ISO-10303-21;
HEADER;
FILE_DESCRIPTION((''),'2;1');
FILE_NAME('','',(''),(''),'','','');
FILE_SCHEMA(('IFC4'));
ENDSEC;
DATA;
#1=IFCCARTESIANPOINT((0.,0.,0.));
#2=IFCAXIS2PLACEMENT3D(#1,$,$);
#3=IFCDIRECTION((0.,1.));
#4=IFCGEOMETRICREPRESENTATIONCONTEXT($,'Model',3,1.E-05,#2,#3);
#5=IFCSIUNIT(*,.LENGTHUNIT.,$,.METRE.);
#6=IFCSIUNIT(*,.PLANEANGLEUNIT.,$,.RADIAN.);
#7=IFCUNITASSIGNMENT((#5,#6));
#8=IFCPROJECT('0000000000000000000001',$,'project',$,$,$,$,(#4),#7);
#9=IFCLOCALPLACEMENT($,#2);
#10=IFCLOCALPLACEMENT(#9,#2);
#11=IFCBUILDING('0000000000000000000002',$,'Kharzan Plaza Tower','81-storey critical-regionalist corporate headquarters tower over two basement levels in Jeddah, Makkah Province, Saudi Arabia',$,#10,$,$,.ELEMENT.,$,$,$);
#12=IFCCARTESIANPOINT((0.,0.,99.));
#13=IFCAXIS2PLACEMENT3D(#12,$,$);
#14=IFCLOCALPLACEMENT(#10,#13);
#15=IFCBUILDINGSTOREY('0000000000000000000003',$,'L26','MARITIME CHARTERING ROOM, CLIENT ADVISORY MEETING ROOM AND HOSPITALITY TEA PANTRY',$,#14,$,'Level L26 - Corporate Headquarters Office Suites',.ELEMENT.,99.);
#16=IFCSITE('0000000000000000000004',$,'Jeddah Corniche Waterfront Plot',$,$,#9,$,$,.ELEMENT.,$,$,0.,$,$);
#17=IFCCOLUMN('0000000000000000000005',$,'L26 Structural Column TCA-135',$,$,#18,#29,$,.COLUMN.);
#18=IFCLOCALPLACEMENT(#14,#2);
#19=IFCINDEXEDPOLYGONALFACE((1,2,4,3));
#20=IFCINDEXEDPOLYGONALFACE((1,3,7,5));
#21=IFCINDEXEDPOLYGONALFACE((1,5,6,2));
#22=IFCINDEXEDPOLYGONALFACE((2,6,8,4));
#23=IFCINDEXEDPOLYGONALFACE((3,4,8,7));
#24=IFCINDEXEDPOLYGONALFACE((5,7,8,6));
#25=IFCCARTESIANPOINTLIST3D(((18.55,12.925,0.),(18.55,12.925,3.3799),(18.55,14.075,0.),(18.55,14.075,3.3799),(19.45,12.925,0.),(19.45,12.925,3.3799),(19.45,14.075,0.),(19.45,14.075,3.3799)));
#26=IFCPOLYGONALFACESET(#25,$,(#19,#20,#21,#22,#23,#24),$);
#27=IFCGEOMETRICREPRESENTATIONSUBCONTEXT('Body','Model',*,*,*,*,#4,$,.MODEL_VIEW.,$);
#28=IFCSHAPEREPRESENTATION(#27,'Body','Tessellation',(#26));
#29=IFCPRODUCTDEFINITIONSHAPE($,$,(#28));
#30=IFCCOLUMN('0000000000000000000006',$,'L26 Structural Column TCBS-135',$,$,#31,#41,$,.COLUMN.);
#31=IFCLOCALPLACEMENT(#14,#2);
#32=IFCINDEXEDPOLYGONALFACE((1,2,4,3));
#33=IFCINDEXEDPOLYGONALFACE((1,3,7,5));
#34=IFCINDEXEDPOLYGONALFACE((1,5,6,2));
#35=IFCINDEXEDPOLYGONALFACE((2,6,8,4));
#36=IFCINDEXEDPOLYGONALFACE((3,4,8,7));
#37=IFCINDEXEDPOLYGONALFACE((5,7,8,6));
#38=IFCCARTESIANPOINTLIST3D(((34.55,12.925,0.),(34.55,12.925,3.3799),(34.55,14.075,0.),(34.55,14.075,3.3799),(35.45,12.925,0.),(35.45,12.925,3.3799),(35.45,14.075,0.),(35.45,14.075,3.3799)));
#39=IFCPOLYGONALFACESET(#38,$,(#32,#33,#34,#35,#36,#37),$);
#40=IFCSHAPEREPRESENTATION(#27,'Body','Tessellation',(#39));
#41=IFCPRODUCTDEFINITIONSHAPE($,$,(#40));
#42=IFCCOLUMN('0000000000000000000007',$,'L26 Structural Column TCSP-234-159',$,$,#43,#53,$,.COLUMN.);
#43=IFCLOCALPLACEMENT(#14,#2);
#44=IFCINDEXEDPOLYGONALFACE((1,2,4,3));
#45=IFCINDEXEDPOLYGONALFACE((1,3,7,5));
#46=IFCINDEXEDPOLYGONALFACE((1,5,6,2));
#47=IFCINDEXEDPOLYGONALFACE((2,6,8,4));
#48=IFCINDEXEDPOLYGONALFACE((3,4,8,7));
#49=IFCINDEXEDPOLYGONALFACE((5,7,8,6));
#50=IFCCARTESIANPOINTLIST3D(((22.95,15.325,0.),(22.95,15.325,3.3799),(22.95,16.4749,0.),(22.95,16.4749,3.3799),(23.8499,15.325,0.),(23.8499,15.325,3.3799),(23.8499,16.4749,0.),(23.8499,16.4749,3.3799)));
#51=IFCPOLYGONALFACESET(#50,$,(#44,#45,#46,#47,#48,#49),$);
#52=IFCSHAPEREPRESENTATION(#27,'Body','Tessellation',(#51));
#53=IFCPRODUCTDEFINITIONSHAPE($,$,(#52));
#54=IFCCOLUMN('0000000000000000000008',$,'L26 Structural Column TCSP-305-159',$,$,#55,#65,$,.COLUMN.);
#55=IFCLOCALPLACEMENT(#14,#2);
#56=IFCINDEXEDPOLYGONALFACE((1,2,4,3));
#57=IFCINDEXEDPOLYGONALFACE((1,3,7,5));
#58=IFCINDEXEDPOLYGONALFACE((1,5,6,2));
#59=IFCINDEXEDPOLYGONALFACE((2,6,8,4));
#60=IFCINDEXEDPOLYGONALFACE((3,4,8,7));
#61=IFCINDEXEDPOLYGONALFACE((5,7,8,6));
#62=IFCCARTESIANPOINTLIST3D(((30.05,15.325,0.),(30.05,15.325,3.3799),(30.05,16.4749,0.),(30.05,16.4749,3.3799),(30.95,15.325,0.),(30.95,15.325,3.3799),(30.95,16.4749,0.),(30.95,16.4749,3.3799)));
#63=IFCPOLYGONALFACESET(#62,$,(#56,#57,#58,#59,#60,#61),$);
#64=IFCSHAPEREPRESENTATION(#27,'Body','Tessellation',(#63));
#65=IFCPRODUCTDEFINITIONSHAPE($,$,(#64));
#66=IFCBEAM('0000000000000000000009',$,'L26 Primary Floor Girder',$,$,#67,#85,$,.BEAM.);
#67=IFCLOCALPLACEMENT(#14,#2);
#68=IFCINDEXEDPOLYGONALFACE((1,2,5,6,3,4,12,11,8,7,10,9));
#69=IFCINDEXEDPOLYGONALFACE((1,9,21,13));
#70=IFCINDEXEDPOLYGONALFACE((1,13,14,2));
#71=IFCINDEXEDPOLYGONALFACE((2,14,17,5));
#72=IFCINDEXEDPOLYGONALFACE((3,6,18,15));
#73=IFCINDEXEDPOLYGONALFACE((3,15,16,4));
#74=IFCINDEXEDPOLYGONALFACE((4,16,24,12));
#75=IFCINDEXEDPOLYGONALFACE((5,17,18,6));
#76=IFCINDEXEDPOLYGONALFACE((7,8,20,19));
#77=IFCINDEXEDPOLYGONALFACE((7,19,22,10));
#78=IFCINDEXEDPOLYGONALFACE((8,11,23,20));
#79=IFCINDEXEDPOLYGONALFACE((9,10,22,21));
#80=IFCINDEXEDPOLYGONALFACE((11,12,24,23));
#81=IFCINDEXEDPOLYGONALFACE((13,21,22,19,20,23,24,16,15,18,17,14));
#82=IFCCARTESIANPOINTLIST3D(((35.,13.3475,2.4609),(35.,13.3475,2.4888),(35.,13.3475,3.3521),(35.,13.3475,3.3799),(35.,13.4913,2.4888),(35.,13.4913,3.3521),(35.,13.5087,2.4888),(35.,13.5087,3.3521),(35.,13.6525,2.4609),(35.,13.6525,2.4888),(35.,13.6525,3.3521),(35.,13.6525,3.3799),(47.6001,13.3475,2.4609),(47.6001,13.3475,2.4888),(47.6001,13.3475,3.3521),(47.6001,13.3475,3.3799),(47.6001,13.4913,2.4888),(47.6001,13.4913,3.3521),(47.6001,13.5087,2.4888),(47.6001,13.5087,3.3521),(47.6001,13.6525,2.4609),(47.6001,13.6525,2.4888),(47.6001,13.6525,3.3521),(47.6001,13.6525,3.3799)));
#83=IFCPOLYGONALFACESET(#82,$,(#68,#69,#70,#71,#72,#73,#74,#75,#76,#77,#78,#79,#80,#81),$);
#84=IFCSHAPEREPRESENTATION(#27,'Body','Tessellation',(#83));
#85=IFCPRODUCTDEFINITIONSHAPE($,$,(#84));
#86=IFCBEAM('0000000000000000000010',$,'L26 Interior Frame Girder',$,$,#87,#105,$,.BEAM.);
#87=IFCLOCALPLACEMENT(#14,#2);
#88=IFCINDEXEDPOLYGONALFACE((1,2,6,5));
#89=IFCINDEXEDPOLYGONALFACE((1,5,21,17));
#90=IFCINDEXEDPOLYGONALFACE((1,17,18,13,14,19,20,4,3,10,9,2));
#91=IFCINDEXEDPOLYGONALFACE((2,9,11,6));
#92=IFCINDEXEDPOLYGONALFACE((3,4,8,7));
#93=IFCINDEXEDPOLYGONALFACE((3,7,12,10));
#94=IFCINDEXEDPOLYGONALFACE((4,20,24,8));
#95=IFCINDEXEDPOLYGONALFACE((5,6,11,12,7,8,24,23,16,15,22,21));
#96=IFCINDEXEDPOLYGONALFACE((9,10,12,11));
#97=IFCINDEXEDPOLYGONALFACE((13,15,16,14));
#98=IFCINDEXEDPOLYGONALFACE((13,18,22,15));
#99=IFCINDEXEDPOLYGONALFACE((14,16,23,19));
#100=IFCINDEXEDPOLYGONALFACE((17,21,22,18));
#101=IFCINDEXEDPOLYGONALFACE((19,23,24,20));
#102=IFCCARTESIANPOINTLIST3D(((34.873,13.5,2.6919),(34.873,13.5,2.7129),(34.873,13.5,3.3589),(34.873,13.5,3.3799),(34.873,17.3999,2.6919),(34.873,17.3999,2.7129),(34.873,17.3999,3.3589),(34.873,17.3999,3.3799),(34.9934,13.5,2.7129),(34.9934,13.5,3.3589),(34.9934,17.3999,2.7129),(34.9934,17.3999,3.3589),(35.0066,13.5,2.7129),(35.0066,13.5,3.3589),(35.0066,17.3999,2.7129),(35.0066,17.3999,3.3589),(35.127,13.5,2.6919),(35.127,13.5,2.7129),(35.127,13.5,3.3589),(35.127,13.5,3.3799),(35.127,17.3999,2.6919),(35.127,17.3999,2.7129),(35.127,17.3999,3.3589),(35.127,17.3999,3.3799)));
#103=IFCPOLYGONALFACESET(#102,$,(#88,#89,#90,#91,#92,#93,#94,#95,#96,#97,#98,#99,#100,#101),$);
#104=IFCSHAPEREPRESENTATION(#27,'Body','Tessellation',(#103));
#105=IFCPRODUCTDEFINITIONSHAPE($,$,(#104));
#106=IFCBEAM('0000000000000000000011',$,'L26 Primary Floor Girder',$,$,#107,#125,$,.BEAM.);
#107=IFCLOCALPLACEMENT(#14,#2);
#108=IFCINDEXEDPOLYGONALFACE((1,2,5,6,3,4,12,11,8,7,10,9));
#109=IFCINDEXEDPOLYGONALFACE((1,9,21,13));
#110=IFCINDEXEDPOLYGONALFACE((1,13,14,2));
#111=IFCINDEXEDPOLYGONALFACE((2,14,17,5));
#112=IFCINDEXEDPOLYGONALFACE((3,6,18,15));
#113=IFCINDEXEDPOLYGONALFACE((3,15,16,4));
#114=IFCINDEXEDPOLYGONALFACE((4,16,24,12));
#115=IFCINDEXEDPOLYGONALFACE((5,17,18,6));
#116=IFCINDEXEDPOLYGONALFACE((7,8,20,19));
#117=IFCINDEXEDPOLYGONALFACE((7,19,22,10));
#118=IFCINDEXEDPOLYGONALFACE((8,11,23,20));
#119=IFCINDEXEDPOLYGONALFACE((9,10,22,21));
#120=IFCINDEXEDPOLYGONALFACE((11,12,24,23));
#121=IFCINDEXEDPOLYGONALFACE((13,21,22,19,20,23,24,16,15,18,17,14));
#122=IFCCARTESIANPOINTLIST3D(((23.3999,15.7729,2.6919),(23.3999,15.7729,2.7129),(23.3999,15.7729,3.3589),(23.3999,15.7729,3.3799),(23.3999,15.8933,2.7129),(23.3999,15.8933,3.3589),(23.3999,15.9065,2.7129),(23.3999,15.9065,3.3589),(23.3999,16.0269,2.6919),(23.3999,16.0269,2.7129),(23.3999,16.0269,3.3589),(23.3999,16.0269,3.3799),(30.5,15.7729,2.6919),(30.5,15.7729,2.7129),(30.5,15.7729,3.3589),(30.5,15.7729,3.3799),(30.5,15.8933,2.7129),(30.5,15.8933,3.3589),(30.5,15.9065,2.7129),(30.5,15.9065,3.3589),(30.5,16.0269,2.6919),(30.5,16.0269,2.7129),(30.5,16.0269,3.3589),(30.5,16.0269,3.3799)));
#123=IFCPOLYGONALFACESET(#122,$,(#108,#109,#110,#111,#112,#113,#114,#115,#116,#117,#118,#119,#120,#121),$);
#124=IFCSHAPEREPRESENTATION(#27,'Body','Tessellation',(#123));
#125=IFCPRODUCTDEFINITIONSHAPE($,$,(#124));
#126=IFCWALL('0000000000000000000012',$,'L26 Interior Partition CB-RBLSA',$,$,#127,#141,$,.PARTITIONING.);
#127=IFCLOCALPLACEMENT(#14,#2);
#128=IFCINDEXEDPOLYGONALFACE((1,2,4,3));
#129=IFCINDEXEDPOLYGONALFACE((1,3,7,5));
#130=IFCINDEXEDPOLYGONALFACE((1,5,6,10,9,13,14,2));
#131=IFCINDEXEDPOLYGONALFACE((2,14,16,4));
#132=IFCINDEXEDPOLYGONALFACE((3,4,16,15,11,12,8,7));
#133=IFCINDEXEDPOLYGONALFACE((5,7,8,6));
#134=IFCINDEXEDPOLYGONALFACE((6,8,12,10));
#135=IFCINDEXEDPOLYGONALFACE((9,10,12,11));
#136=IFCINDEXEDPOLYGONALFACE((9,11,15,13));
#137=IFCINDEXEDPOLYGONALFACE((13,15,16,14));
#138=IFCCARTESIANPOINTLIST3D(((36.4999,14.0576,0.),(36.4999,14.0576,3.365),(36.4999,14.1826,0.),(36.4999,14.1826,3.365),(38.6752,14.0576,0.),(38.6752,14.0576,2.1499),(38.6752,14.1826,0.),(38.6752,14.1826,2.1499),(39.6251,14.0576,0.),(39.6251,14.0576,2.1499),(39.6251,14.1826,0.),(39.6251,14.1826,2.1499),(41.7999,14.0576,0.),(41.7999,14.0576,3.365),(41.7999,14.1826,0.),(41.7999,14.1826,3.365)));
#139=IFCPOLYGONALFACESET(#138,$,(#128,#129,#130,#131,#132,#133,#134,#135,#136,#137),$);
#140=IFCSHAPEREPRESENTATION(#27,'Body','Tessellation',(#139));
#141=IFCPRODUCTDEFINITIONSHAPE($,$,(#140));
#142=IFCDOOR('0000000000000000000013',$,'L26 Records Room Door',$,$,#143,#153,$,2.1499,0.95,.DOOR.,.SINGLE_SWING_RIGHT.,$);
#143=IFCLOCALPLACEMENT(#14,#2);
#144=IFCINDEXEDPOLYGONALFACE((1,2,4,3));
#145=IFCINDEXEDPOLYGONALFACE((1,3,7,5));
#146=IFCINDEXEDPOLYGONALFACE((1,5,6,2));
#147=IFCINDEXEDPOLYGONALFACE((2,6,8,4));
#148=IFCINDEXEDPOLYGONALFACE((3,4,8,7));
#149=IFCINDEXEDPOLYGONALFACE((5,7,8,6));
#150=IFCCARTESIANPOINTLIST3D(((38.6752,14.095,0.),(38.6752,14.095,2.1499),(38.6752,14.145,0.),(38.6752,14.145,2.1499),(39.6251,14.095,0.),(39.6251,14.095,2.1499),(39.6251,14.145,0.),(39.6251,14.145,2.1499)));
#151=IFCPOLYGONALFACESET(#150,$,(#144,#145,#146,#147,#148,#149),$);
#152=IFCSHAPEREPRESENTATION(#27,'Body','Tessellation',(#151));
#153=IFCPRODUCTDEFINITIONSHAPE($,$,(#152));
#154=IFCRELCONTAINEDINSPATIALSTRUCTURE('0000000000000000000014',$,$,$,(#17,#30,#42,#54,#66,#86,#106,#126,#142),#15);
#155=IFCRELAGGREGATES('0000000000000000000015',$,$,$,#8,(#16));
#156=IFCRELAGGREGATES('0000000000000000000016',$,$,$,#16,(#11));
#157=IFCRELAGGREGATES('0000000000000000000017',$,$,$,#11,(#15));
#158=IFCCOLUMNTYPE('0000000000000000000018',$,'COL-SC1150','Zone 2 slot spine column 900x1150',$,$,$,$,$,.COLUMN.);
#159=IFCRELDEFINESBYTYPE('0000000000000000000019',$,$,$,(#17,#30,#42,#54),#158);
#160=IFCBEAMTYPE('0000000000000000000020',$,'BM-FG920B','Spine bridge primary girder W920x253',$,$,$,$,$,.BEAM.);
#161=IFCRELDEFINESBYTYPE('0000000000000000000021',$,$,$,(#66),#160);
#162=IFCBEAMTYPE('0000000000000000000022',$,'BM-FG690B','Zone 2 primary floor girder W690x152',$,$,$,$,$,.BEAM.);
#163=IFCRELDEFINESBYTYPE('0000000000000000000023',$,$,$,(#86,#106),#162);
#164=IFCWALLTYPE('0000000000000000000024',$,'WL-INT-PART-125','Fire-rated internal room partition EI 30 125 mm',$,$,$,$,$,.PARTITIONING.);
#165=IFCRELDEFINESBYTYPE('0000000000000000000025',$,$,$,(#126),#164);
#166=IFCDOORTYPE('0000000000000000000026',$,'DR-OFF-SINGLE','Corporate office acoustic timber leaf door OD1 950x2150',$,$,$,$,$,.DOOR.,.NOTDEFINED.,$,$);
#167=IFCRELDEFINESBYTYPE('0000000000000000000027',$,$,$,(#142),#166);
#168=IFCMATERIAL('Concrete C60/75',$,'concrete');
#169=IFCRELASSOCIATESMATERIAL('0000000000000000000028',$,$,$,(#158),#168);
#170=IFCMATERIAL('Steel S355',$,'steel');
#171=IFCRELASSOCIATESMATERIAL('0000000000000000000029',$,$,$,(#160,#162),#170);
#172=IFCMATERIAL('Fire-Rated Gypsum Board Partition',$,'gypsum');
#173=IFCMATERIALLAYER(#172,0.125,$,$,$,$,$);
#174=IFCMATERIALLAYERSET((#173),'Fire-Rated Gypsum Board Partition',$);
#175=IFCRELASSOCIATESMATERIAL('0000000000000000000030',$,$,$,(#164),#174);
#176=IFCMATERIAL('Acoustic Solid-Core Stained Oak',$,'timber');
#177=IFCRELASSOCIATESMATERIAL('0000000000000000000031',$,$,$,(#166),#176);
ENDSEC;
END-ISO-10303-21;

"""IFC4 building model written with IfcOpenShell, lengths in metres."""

from ifc_helpers import new_model, si_unit, direction, frame, frame_2d, origin, origin_2d, place, context, subcontext, project, spatial, rectangle, i_section, extrude, source, transform, mapped, material, layer, layer_set, material_profile, profile_set, type_object, element, fill, save


model = new_model("IFC4")

# Units and contexts
model_context = context("Model", 3, precision=1e-05, world=origin(), true_north=direction((0.0, 1.0)))
body_context = subcontext(model_context, "Body", "Model", "MODEL_VIEW")
ifc_project = project(units=[si_unit("LENGTHUNIT", "METRE"), si_unit("PLANEANGLEUNIT", "RADIAN")], contexts=[model_context])

# Site, building, storey
site_placement = place(None, origin())
site = spatial("IfcSite", under=ifc_project, at=site_placement, Name="Jeddah Corniche Waterfront Plot", CompositionType="ELEMENT", RefElevation=0.0)
building_placement = place(site_placement, origin())
building = spatial("IfcBuilding", under=site, at=building_placement, Name="Kharzan Plaza Tower", Description="81-storey critical-regionalist corporate headquarters tower over two basement levels in Jeddah, Makkah Province, Saudi Arabia", CompositionType="ELEMENT")
storey_placement = place(building_placement, frame((0.0, 0.0, 99.0)))
storey = spatial("IfcBuildingStorey", under=building, at=storey_placement, Name="L26", Description="MARITIME CHARTERING ROOM, CLIENT ADVISORY MEETING ROOM AND HOSPITALITY TEA PANTRY", LongName="Level L26 - Corporate Headquarters Office Suites", CompositionType="ELEMENT", Elevation=99.0)

# Columns
ifc_material_1 = material(Name="Concrete C60/75", Category="concrete")
ifc_material_profile_1 = material_profile(ifc_material_1, rectangle(XDim=0.8999, YDim=1.1499, at=origin_2d()), Name="RC-SC1150x900")
ifc_profile_set_1 = profile_set([ifc_material_profile_1], Name="Concrete C60/75")
column_type = type_object("IfcColumnType", Name="COL-SC1150", Description="Zone 2 slot spine column 900x1150", PredefinedType="COLUMN", material=ifc_profile_set_1)
shared_shape_1 = source(origin(), body_context, "Body", "SweptSolid", [
    extrude(rectangle(XDim=0.8999, YDim=1.1499, at=origin_2d()), origin(), (0.0, 0.0, 1.0), 3.3799),
])
for number, where, z_axis, x_axis, name in (
    (1, (19.0, 13.5, 0.0), (0.0, 0.0, 1.0), (1.0, 0.0, 0.0), "L26 Structural Column TCA-135"),
    (2, (35.0, 13.5, 0.0), (0.0, 0.0, 1.0), (1.0, 0.0, 0.0), "L26 Structural Column TCBS-135"),
    (3, (23.3999, 15.8999, 0.0), (0.0, 0.0, 1.0), (1.0, 0.0, 0.0), "L26 Structural Column TCSP-234-159"),
    (4, (30.5, 15.8999, 0.0), (0.0, 0.0, 1.0), (1.0, 0.0, 0.0), "L26 Structural Column TCSP-305-159"),
):
    element("IfcColumn", number, at=place(storey_placement, frame(where, z_axis=z_axis, x_axis=x_axis)), inside=storey, type_object=column_type, Name=name, PredefinedType="COLUMN", context=body_context, shape_type="MappedRepresentation", body=[
        mapped(shared_shape_1, transform((0.0, 0.0, 0.0), x_axis=(1.0, 0.0, 0.0), y_axis=(0.0, 1.0, 0.0), z_axis=(0.0, 0.0, 1.0))),
    ])

# Beams
ifc_material_2 = material(Name="Steel S355", Category="steel")
ifc_material_profile_2 = material_profile(ifc_material_2, i_section(OverallWidth=0.3049, OverallDepth=0.9189, WebThickness=0.0173, FlangeThickness=0.0278, at=origin_2d()), Name="W920x253")
ifc_profile_set_2 = profile_set([ifc_material_profile_2], Name="Steel S355")
beam_type_1 = type_object("IfcBeamType", Name="BM-FG920B", Description="Spine bridge primary girder W920x253", PredefinedType="BEAM", material=ifc_profile_set_2)
shared_shape_2 = source(origin(), body_context, "Body", "SweptSolid", [
    extrude(i_section(OverallWidth=0.3049, OverallDepth=0.9189, WebThickness=0.0173, FlangeThickness=0.0278, at=origin_2d()), origin(), (0.0, 0.0, 1.0), 12.6001),
])
beam_1_placement = place(storey_placement, frame((35.0, 13.5, 2.9204), z_axis=(1.0, 0.0, 0.0), x_axis=(0.0, 1.0, 0.0)))
element("IfcBeam", 5, at=beam_1_placement, inside=storey, type_object=beam_type_1, Name="L26 Primary Floor Girder", PredefinedType="BEAM", context=body_context, shape_type="MappedRepresentation", body=[
    mapped(shared_shape_2, transform((0.0, 0.0, 0.0), x_axis=(1.0, 0.0, 0.0), y_axis=(0.0, 1.0, 0.0), z_axis=(0.0, 0.0, 1.0))),
])
ifc_material_profile_3 = material_profile(ifc_material_2, i_section(OverallWidth=0.2539, OverallDepth=0.688, WebThickness=0.0132, FlangeThickness=0.021, at=origin_2d()), Name="W690x152")
ifc_profile_set_3 = profile_set([ifc_material_profile_3], Name="Steel S355")
beam_type_2 = type_object("IfcBeamType", Name="BM-FG690B", Description="Zone 2 primary floor girder W690x152", PredefinedType="BEAM", material=ifc_profile_set_3)
shared_shape_3 = source(origin(), body_context, "Body", "SweptSolid", [
    extrude(i_section(OverallWidth=0.2539, OverallDepth=0.688, WebThickness=0.0132, FlangeThickness=0.021, at=origin_2d()), origin(), (0.0, 0.0, 1.0), 3.8999),
])
beam_2_placement = place(storey_placement, frame((35.0, 13.5, 3.0359), z_axis=(0.0, 1.0, 0.0), x_axis=(-1.0, 0.0, 0.0)))
element("IfcBeam", 6, at=beam_2_placement, inside=storey, type_object=beam_type_2, Name="L26 Interior Frame Girder", PredefinedType="BEAM", context=body_context, shape_type="MappedRepresentation", body=[
    mapped(shared_shape_3, transform((0.0, 0.0, 0.0), x_axis=(1.0, 0.0, 0.0), y_axis=(0.0, 1.0, 0.0), z_axis=(0.0, 0.0, 1.0))),
])
shared_shape_4 = source(origin(), body_context, "Body", "SweptSolid", [
    extrude(i_section(OverallWidth=0.2539, OverallDepth=0.688, WebThickness=0.0132, FlangeThickness=0.021, at=origin_2d()), origin(), (0.0, 0.0, 1.0), 7.1001),
])
beam_3_placement = place(storey_placement, frame((23.3999, 15.8999, 3.0359), z_axis=(1.0, 0.0, 0.0), x_axis=(0.0, 1.0, 0.0)))
element("IfcBeam", 7, at=beam_3_placement, inside=storey, type_object=beam_type_2, Name="L26 Primary Floor Girder", PredefinedType="BEAM", context=body_context, shape_type="MappedRepresentation", body=[
    mapped(shared_shape_4, transform((0.0, 0.0, 0.0), x_axis=(1.0, 0.0, 0.0), y_axis=(0.0, 1.0, 0.0), z_axis=(0.0, 0.0, 1.0))),
])

# Wall, opening, door
ifc_material_3 = material(Name="Fire-Rated Gypsum Board Partition", Category="gypsum")
ifc_layer_1 = layer(ifc_material_3, 0.125)
ifc_layer_set_1 = layer_set([ifc_layer_1], Name="Fire-Rated Gypsum Board Partition")
wall_type_1 = type_object("IfcWallType", Name="WL-INT-PART-125", Description="Fire-rated internal room partition EI 30 125 mm", PredefinedType="PARTITIONING", material=ifc_layer_set_1)
wall_1_placement = place(storey_placement, frame((36.5, 14.1201, 0.0), z_axis=(0.0, 0.0, 1.0), x_axis=(1.0, 0.0, 0.0)))
wall_1 = element("IfcWall", 8, at=wall_1_placement, inside=storey, type_object=wall_type_1, Name="L26 Interior Partition CB-RBLSA", PredefinedType="PARTITIONING", context=body_context, shape_type="SweptSolid", body=[
    extrude(rectangle(XDim=5.3, YDim=0.125, at=frame_2d((2.6499, 0.0))), origin(), (0.0, 0.0, 1.0), 3.365),
])
opening_1_placement = place(wall_1_placement, frame((2.175, 0.0, 0.0)))
opening_1 = element("IfcOpeningElement", 9, at=opening_1_placement, cuts=wall_1, PredefinedType="OPENING", context=body_context, shape_type="SweptSolid", body=[
    extrude(rectangle(XDim=0.95, YDim=2.1499, at=frame_2d((0.4751, 1.075))), frame((0.0, 0.0725, 0.0), z_axis=(0.0, -1.0, 0.0), x_axis=(1.0, 0.0, 0.0)), (0.0, 0.0, 1.0), 0.145),
])
ifc_material_4 = material(Name="Acoustic Solid-Core Stained Oak", Category="timber")
door_type_1 = type_object("IfcDoorType", Name="DR-OFF-SINGLE", Description="Corporate office acoustic timber leaf door OD1 950x2150", OperationType="NOTDEFINED", PredefinedType="DOOR", material=ifc_material_4)
shared_shape_5 = source(origin(), body_context, "Body", "SweptSolid", [
    extrude(rectangle(XDim=0.95, YDim=2.1499, at=frame_2d((0.4751, 1.075))), frame((0.0, 0.0249, 0.0), z_axis=(0.0, -1.0, 0.0), x_axis=(1.0, 0.0, 0.0)), (0.0, 0.0, 1.0), 0.05),
])
door_1_placement = place(opening_1_placement, origin())
door_1 = element("IfcDoor", 10, at=door_1_placement, inside=storey, type_object=door_type_1, Name="L26 Records Room Door", OperationType="SINGLE_SWING_RIGHT", OverallHeight=2.1499, OverallWidth=0.95, PredefinedType="DOOR", context=body_context, shape_type="MappedRepresentation", body=[
    mapped(shared_shape_5, transform((0.0, 0.0, 0.0), x_axis=(1.0, 0.0, 0.0), y_axis=(0.0, 1.0, 0.0), z_axis=(0.0, 0.0, 1.0))),
])
fill(opening_1, door_1)

save(model, "model.ifc")
